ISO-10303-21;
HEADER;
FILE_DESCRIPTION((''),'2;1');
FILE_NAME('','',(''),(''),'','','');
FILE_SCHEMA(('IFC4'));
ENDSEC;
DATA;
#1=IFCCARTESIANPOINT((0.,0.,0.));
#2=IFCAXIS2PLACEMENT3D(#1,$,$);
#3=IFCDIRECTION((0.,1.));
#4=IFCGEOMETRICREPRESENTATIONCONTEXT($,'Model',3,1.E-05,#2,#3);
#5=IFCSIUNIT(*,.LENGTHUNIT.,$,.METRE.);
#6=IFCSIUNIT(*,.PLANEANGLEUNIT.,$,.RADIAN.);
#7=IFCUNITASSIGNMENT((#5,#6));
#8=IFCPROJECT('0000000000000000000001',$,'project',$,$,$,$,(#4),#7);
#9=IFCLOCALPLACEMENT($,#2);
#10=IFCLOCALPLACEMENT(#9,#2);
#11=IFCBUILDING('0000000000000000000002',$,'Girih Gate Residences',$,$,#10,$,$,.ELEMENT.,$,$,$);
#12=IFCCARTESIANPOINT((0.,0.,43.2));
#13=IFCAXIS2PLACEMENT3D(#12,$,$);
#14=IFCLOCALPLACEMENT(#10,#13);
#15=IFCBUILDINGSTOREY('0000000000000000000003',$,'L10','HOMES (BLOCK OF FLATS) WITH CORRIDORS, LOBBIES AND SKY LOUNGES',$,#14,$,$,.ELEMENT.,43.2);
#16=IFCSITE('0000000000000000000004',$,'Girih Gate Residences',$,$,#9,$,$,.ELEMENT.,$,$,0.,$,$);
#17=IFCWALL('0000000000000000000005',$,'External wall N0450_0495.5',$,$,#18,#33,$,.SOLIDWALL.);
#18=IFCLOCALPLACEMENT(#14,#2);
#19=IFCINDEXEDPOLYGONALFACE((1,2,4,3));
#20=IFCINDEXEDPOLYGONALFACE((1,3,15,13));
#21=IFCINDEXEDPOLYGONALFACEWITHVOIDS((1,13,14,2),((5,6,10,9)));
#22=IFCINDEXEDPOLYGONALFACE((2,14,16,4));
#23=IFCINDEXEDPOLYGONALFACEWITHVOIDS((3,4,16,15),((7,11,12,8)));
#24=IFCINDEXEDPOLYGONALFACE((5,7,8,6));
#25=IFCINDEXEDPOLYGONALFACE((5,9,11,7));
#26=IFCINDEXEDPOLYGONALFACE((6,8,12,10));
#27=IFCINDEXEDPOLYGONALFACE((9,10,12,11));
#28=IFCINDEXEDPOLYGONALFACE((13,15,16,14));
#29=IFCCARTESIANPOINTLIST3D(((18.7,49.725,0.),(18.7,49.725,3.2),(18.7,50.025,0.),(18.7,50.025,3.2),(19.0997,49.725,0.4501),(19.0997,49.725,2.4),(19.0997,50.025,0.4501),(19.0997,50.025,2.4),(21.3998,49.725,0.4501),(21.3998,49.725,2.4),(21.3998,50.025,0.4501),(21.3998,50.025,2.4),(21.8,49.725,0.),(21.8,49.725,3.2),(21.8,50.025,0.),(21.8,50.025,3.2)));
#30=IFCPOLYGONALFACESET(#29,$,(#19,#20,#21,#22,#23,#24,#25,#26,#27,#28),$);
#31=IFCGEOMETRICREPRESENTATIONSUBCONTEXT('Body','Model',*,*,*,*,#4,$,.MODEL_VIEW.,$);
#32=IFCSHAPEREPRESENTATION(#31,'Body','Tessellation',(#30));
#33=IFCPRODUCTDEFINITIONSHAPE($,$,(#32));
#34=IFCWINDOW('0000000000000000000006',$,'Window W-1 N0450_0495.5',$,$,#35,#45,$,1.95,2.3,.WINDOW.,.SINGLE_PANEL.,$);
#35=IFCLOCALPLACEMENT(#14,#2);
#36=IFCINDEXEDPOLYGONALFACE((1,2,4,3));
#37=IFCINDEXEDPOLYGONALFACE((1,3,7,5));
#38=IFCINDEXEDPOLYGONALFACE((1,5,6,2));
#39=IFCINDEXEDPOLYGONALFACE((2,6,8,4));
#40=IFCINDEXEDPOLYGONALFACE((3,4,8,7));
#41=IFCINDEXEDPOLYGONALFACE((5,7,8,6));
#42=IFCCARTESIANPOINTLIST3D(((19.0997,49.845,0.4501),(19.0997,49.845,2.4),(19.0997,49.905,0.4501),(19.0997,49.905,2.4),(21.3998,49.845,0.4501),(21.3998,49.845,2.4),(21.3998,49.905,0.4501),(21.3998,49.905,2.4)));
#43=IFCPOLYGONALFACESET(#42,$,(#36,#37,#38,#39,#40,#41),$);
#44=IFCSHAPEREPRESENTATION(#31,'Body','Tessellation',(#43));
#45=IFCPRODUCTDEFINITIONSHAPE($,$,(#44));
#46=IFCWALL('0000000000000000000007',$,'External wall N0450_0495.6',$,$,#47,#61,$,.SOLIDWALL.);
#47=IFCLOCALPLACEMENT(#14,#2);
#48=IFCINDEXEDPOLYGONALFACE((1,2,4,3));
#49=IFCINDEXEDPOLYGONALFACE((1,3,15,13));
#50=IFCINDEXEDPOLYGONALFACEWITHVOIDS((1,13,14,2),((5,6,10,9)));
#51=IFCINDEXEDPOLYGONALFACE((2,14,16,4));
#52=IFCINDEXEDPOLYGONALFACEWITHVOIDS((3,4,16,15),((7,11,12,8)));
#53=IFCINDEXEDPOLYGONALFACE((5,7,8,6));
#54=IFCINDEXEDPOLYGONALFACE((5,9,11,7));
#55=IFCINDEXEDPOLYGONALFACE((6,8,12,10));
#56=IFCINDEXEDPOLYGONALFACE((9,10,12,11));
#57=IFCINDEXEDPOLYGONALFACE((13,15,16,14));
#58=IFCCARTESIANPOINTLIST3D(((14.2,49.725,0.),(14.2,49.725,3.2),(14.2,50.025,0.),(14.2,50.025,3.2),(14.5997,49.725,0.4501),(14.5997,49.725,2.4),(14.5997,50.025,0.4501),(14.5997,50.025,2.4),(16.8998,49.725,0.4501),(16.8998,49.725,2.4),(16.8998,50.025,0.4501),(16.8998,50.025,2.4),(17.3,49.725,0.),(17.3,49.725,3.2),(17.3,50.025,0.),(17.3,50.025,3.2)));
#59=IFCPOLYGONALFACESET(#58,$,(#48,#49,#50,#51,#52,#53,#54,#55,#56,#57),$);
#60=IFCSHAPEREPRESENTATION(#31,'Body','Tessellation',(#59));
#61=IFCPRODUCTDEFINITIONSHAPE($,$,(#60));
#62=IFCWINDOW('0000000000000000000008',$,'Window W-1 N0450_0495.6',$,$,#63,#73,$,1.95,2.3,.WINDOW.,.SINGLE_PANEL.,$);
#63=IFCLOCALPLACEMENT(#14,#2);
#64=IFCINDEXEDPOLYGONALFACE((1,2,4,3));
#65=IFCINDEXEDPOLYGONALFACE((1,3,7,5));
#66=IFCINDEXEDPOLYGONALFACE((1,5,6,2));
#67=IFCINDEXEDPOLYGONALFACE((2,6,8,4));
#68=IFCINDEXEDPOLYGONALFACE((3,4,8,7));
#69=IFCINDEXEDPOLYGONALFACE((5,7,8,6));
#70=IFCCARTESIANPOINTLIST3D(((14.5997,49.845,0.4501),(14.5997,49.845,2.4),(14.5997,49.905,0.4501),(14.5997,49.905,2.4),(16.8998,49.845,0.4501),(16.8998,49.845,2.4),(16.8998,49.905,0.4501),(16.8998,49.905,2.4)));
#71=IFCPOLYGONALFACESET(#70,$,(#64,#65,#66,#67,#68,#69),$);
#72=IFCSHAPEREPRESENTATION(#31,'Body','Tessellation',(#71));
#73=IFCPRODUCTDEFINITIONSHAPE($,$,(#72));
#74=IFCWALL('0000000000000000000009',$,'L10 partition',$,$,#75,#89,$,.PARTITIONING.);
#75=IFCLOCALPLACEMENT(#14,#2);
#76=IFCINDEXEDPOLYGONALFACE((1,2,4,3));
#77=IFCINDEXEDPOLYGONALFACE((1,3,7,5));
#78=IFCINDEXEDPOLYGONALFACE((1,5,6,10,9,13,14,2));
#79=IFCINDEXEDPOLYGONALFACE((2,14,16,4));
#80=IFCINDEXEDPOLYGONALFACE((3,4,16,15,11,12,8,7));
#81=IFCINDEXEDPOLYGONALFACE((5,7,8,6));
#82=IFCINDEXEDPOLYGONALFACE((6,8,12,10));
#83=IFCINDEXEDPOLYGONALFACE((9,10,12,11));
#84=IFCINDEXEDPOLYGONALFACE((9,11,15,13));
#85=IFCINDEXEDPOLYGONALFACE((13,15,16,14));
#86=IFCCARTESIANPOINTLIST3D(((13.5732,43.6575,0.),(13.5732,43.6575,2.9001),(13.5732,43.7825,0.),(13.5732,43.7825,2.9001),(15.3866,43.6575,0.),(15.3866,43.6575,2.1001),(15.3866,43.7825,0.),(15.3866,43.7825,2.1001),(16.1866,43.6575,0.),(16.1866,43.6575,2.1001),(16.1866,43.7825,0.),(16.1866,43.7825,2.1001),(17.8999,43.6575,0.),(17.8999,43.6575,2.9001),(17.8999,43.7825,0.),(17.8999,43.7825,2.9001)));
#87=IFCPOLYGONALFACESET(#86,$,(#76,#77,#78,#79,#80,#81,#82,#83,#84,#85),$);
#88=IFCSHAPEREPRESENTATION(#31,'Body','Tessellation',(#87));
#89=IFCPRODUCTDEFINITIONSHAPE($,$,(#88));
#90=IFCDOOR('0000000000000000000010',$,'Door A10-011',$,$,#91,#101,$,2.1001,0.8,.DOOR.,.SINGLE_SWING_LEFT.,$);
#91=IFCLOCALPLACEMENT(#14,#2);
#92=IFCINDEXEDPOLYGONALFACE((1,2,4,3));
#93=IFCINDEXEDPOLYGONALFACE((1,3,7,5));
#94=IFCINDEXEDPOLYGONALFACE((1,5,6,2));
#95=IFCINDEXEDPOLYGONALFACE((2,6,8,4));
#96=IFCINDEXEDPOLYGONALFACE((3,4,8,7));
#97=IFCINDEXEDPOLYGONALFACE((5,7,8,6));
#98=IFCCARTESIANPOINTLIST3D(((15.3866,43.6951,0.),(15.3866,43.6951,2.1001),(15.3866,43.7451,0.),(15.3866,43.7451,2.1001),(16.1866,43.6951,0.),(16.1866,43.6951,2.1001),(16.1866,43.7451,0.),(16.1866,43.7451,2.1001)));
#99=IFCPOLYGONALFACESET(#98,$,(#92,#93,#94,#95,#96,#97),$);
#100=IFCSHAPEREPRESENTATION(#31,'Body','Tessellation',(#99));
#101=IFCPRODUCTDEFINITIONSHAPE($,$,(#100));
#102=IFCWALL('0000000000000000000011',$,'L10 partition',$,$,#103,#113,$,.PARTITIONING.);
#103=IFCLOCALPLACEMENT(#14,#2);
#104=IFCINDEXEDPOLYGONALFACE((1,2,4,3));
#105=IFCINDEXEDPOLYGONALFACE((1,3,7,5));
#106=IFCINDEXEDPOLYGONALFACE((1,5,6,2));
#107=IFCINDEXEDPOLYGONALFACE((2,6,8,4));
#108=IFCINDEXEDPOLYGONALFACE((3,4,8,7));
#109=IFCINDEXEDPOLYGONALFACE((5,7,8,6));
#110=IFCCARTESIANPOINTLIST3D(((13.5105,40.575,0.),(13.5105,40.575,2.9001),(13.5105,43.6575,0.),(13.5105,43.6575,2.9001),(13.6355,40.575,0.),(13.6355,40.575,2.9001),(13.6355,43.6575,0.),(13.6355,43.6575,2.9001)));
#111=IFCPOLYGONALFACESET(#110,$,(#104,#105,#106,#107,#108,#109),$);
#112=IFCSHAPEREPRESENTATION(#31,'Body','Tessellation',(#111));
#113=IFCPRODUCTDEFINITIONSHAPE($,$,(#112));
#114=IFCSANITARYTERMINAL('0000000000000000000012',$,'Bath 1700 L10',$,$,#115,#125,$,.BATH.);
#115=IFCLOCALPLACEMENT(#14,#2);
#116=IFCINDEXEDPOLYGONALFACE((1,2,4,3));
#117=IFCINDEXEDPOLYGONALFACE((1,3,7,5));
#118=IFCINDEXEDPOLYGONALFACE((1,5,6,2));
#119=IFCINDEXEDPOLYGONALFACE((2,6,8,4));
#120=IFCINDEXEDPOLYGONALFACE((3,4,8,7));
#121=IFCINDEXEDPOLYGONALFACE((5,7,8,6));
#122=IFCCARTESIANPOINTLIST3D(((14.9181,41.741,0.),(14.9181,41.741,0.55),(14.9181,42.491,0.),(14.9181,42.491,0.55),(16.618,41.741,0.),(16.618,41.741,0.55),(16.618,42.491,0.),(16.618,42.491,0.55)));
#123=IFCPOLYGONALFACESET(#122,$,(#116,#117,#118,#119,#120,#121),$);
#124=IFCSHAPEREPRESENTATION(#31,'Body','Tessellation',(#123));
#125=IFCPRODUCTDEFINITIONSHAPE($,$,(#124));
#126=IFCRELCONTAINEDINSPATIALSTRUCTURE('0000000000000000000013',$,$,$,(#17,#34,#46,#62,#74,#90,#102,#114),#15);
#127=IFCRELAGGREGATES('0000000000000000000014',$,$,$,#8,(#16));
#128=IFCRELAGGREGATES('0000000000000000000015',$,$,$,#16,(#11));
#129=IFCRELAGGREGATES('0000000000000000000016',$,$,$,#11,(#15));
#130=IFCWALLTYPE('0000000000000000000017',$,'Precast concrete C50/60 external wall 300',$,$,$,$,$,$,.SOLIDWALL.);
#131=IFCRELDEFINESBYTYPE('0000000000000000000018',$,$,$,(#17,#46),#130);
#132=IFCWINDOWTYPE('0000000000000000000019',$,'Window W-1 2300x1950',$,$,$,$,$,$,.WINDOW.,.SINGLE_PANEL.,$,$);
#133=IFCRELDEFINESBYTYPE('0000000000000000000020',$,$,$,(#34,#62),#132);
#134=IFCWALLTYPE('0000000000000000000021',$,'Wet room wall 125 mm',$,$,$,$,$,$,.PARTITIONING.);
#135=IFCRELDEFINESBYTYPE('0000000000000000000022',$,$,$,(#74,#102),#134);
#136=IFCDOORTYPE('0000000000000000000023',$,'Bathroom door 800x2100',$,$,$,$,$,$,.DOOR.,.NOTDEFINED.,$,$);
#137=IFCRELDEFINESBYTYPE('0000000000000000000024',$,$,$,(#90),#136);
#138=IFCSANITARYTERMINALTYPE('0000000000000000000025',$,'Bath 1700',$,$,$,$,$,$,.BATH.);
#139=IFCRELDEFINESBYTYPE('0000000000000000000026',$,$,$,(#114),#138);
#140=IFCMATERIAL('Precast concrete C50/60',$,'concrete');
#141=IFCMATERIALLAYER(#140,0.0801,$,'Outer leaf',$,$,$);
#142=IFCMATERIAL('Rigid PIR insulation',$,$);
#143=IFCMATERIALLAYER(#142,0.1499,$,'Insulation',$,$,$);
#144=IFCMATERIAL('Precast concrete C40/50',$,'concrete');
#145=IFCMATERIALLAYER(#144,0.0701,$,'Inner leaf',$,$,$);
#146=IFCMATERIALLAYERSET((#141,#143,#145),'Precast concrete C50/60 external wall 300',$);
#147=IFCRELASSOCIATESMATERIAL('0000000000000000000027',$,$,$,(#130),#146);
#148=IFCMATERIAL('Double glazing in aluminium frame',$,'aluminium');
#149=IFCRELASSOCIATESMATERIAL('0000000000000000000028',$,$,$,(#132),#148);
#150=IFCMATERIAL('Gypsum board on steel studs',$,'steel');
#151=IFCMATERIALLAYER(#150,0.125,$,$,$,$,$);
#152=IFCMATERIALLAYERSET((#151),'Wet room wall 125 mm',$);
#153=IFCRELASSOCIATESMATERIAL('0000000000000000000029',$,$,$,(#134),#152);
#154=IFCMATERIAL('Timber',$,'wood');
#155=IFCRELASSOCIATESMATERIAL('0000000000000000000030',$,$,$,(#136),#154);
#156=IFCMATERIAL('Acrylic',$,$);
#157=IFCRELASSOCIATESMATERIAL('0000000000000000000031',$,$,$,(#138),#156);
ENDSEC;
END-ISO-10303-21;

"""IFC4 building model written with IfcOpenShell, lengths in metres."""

from ifc_helpers import new_model, si_unit, direction, frame, frame_2d, origin, origin_2d, place, context, subcontext, project, spatial, rectangle, extrude, material, layer, layer_set, type_object, element, fill, save


model = new_model("IFC4")

# Units and contexts
model_context = context("Model", 3, precision=1e-05, world=origin(), true_north=direction((0.0, 1.0)))
body_context = subcontext(model_context, "Body", "Model", "MODEL_VIEW")
ifc_project = project(units=[si_unit("LENGTHUNIT", "METRE"), si_unit("PLANEANGLEUNIT", "RADIAN")], contexts=[model_context])

# Site, building, storey
site_placement = place(None, origin())
site = spatial("IfcSite", under=ifc_project, at=site_placement, Name="Girih Gate Residences", CompositionType="ELEMENT", RefElevation=0.0)
building_placement = place(site_placement, origin())
building = spatial("IfcBuilding", under=site, at=building_placement, Name="Girih Gate Residences", CompositionType="ELEMENT")
storey_placement = place(building_placement, frame((0.0, 0.0, 43.2)))
storey = spatial("IfcBuildingStorey", under=building, at=storey_placement, Name="L10", Description="HOMES (BLOCK OF FLATS) WITH CORRIDORS, LOBBIES AND SKY LOUNGES", CompositionType="ELEMENT", Elevation=43.2)

# Shared definitions
ifc_material_1 = material(Name="Gypsum board on steel studs", Category="steel")

# Shared definitions
ifc_material_2 = material(Name="Timber", Category="wood")

# Walls, openings, windows
ifc_material_3 = material(Name="Precast concrete C50/60", Category="concrete")
ifc_layer_1 = layer(ifc_material_3, 0.0801, Name="Outer leaf")
ifc_material_4 = material(Name="Rigid PIR insulation")
ifc_layer_2 = layer(ifc_material_4, 0.1499, Name="Insulation")
ifc_material_5 = material(Name="Precast concrete C40/50", Category="concrete")
ifc_layer_3 = layer(ifc_material_5, 0.0701, Name="Inner leaf")
ifc_layer_set_1 = layer_set([ifc_layer_1, ifc_layer_2, ifc_layer_3], Name="Precast concrete C50/60 external wall 300")
wall_type_1 = type_object("IfcWallType", Name="Precast concrete C50/60 external wall 300", PredefinedType="SOLIDWALL", material=ifc_layer_set_1)
wall_1_placement = place(storey_placement, frame((18.7, 49.875, 0.0), z_axis=(0.0, 0.0, 1.0), x_axis=(1.0, 0.0, 0.0)))
wall_1 = element("IfcWall", 1, at=wall_1_placement, inside=storey, type_object=wall_type_1, Name="External wall N0450_0495.5", PredefinedType="SOLIDWALL", context=body_context, shape_type="SweptSolid", body=[
    extrude(rectangle(XDim=3.1001, YDim=0.3, at=frame_2d((1.55, 0.0))), origin(), (0.0, 0.0, 1.0), 3.2),
])
opening_1_placement = place(wall_1_placement, frame((0.3999, 0.0, 0.45)))
opening_1 = element("IfcOpeningElement", 2, at=opening_1_placement, cuts=wall_1, PredefinedType="OPENING", context=body_context, shape_type="SweptSolid", body=[
    extrude(rectangle(XDim=2.3, YDim=1.95, at=frame_2d((1.1499, 0.9751))), frame((0.0, 0.1599, 0.0), z_axis=(0.0, -1.0, 0.0), x_axis=(1.0, 0.0, 0.0)), (0.0, 0.0, 1.0), 0.3201),
])
ifc_material_6 = material(Name="Double glazing in aluminium frame", Category="aluminium")
window_type = type_object("IfcWindowType", Name="Window W-1 2300x1950", PartitioningType="SINGLE_PANEL", PredefinedType="WINDOW", material=ifc_material_6)
window_1_placement = place(opening_1_placement, origin())
window_1 = element("IfcWindow", 3, at=window_1_placement, inside=storey, type_object=window_type, Name="Window W-1 N0450_0495.5", OverallHeight=1.95, OverallWidth=2.3, PartitioningType="SINGLE_PANEL", PredefinedType="WINDOW", context=body_context, shape_type="SweptSolid", body=[
    extrude(rectangle(XDim=2.3, YDim=1.95, at=frame_2d((1.1499, 0.9751))), frame((0.0, 0.03, 0.0), z_axis=(0.0, -1.0, 0.0), x_axis=(1.0, 0.0, 0.0)), (0.0, 0.0, 1.0), 0.0601),
])
fill(opening_1, window_1)
wall_2_placement = place(storey_placement, frame((14.2, 49.875, 0.0), z_axis=(0.0, 0.0, 1.0), x_axis=(1.0, 0.0, 0.0)))
wall_2 = element("IfcWall", 4, at=wall_2_placement, inside=storey, type_object=wall_type_1, Name="External wall N0450_0495.6", PredefinedType="SOLIDWALL", context=body_context, shape_type="SweptSolid", body=[
    extrude(rectangle(XDim=3.1001, YDim=0.3, at=frame_2d((1.55, 0.0))), origin(), (0.0, 0.0, 1.0), 3.2),
])
opening_2_placement = place(wall_2_placement, frame((0.3999, 0.0, 0.45)))
opening_2 = element("IfcOpeningElement", 5, at=opening_2_placement, cuts=wall_2, PredefinedType="OPENING", context=body_context, shape_type="SweptSolid", body=[
    extrude(rectangle(XDim=2.3, YDim=1.95, at=frame_2d((1.1499, 0.9751))), frame((0.0, 0.1599, 0.0), z_axis=(0.0, -1.0, 0.0), x_axis=(1.0, 0.0, 0.0)), (0.0, 0.0, 1.0), 0.3201),
])
window_2_placement = place(opening_2_placement, origin())
window_2 = element("IfcWindow", 6, at=window_2_placement, inside=storey, type_object=window_type, Name="Window W-1 N0450_0495.6", OverallHeight=1.95, OverallWidth=2.3, PartitioningType="SINGLE_PANEL", PredefinedType="WINDOW", context=body_context, shape_type="SweptSolid", body=[
    extrude(rectangle(XDim=2.3, YDim=1.95, at=frame_2d((1.1499, 0.9751))), frame((0.0, 0.03, 0.0), z_axis=(0.0, -1.0, 0.0), x_axis=(1.0, 0.0, 0.0)), (0.0, 0.0, 1.0), 0.0601),
])
fill(opening_2, window_2)

# Wall, opening, door
ifc_layer_4 = layer(ifc_material_1, 0.125)
ifc_layer_set_2 = layer_set([ifc_layer_4], Name="Wet room wall 125 mm")
wall_type_2 = type_object("IfcWallType", Name="Wet room wall 125 mm", PredefinedType="PARTITIONING", material=ifc_layer_set_2)
wall_3_placement = place(storey_placement, frame((17.8999, 43.72, 0.0), z_axis=(0.0, 0.0, 1.0), x_axis=(-1.0, 0.0, 0.0)))
wall_3 = element("IfcWall", 7, at=wall_3_placement, inside=storey, type_object=wall_type_2, Name="L10 partition", PredefinedType="PARTITIONING", context=body_context, shape_type="SweptSolid", body=[
    extrude(rectangle(XDim=4.3267, YDim=0.125, at=frame_2d((2.1633, 0.0))), origin(), (0.0, 0.0, 1.0), 2.9001),
])
opening_3_placement = place(wall_3_placement, frame((1.7134, 0.0, 0.0)))
opening_3 = element("IfcOpeningElement", 8, at=opening_3_placement, cuts=wall_3, PredefinedType="OPENING", context=body_context, shape_type="SweptSolid", body=[
    extrude(rectangle(XDim=0.8, YDim=2.1001, at=frame_2d((0.3999, 1.05))), frame((0.0, 0.0725, 0.0), z_axis=(0.0, -1.0, 0.0), x_axis=(1.0, 0.0, 0.0)), (0.0, 0.0, 1.0), 0.145),
])
door_type_1 = type_object("IfcDoorType", Name="Bathroom door 800x2100", OperationType="NOTDEFINED", PredefinedType="DOOR", material=ifc_material_2)
door_1_placement = place(opening_3_placement, origin())
door_1 = element("IfcDoor", 9, at=door_1_placement, inside=storey, type_object=door_type_1, Name="Door A10-011", OperationType="SINGLE_SWING_LEFT", OverallHeight=2.1001, OverallWidth=0.8, PredefinedType="DOOR", context=body_context, shape_type="SweptSolid", body=[
    extrude(rectangle(XDim=0.8, YDim=2.1001, at=frame_2d((0.3999, 1.05))), frame((0.0, 0.0249, 0.0), z_axis=(0.0, -1.0, 0.0), x_axis=(1.0, 0.0, 0.0)), (0.0, 0.0, 1.0), 0.05),
])
fill(opening_3, door_1)

# Wall
wall_4_placement = place(storey_placement, frame((13.573, 40.575, 0.0), z_axis=(0.0, 0.0, 1.0), x_axis=(0.0, 1.0, 0.0)))
element("IfcWall", 10, at=wall_4_placement, inside=storey, type_object=wall_type_2, Name="L10 partition", PredefinedType="PARTITIONING", context=body_context, shape_type="SweptSolid", body=[
    extrude(rectangle(XDim=3.0825, YDim=0.125, at=frame_2d((1.5413, 0.0))), origin(), (0.0, 0.0, 1.0), 2.9001),
])

# Sanitary terminal
ifc_material_7 = material(Name="Acrylic")
sanitary_terminal_type = type_object("IfcSanitaryTerminalType", Name="Bath 1700", PredefinedType="BATH", material=ifc_material_7)
sanitary_terminal_placement = place(storey_placement, frame((15.7681, 42.116, 0.0), z_axis=(0.0, 0.0, 1.0), x_axis=(1.0, 0.0, 0.0)))
element("IfcSanitaryTerminal", 11, at=sanitary_terminal_placement, inside=storey, type_object=sanitary_terminal_type, Name="Bath 1700 L10", PredefinedType="BATH", context=body_context, shape_type="SweptSolid", body=[
    extrude(rectangle(XDim=1.7, YDim=0.75, at=origin_2d()), origin(), (0.0, 0.0, 1.0), 0.55),
])

save(model, "model.ifc")
